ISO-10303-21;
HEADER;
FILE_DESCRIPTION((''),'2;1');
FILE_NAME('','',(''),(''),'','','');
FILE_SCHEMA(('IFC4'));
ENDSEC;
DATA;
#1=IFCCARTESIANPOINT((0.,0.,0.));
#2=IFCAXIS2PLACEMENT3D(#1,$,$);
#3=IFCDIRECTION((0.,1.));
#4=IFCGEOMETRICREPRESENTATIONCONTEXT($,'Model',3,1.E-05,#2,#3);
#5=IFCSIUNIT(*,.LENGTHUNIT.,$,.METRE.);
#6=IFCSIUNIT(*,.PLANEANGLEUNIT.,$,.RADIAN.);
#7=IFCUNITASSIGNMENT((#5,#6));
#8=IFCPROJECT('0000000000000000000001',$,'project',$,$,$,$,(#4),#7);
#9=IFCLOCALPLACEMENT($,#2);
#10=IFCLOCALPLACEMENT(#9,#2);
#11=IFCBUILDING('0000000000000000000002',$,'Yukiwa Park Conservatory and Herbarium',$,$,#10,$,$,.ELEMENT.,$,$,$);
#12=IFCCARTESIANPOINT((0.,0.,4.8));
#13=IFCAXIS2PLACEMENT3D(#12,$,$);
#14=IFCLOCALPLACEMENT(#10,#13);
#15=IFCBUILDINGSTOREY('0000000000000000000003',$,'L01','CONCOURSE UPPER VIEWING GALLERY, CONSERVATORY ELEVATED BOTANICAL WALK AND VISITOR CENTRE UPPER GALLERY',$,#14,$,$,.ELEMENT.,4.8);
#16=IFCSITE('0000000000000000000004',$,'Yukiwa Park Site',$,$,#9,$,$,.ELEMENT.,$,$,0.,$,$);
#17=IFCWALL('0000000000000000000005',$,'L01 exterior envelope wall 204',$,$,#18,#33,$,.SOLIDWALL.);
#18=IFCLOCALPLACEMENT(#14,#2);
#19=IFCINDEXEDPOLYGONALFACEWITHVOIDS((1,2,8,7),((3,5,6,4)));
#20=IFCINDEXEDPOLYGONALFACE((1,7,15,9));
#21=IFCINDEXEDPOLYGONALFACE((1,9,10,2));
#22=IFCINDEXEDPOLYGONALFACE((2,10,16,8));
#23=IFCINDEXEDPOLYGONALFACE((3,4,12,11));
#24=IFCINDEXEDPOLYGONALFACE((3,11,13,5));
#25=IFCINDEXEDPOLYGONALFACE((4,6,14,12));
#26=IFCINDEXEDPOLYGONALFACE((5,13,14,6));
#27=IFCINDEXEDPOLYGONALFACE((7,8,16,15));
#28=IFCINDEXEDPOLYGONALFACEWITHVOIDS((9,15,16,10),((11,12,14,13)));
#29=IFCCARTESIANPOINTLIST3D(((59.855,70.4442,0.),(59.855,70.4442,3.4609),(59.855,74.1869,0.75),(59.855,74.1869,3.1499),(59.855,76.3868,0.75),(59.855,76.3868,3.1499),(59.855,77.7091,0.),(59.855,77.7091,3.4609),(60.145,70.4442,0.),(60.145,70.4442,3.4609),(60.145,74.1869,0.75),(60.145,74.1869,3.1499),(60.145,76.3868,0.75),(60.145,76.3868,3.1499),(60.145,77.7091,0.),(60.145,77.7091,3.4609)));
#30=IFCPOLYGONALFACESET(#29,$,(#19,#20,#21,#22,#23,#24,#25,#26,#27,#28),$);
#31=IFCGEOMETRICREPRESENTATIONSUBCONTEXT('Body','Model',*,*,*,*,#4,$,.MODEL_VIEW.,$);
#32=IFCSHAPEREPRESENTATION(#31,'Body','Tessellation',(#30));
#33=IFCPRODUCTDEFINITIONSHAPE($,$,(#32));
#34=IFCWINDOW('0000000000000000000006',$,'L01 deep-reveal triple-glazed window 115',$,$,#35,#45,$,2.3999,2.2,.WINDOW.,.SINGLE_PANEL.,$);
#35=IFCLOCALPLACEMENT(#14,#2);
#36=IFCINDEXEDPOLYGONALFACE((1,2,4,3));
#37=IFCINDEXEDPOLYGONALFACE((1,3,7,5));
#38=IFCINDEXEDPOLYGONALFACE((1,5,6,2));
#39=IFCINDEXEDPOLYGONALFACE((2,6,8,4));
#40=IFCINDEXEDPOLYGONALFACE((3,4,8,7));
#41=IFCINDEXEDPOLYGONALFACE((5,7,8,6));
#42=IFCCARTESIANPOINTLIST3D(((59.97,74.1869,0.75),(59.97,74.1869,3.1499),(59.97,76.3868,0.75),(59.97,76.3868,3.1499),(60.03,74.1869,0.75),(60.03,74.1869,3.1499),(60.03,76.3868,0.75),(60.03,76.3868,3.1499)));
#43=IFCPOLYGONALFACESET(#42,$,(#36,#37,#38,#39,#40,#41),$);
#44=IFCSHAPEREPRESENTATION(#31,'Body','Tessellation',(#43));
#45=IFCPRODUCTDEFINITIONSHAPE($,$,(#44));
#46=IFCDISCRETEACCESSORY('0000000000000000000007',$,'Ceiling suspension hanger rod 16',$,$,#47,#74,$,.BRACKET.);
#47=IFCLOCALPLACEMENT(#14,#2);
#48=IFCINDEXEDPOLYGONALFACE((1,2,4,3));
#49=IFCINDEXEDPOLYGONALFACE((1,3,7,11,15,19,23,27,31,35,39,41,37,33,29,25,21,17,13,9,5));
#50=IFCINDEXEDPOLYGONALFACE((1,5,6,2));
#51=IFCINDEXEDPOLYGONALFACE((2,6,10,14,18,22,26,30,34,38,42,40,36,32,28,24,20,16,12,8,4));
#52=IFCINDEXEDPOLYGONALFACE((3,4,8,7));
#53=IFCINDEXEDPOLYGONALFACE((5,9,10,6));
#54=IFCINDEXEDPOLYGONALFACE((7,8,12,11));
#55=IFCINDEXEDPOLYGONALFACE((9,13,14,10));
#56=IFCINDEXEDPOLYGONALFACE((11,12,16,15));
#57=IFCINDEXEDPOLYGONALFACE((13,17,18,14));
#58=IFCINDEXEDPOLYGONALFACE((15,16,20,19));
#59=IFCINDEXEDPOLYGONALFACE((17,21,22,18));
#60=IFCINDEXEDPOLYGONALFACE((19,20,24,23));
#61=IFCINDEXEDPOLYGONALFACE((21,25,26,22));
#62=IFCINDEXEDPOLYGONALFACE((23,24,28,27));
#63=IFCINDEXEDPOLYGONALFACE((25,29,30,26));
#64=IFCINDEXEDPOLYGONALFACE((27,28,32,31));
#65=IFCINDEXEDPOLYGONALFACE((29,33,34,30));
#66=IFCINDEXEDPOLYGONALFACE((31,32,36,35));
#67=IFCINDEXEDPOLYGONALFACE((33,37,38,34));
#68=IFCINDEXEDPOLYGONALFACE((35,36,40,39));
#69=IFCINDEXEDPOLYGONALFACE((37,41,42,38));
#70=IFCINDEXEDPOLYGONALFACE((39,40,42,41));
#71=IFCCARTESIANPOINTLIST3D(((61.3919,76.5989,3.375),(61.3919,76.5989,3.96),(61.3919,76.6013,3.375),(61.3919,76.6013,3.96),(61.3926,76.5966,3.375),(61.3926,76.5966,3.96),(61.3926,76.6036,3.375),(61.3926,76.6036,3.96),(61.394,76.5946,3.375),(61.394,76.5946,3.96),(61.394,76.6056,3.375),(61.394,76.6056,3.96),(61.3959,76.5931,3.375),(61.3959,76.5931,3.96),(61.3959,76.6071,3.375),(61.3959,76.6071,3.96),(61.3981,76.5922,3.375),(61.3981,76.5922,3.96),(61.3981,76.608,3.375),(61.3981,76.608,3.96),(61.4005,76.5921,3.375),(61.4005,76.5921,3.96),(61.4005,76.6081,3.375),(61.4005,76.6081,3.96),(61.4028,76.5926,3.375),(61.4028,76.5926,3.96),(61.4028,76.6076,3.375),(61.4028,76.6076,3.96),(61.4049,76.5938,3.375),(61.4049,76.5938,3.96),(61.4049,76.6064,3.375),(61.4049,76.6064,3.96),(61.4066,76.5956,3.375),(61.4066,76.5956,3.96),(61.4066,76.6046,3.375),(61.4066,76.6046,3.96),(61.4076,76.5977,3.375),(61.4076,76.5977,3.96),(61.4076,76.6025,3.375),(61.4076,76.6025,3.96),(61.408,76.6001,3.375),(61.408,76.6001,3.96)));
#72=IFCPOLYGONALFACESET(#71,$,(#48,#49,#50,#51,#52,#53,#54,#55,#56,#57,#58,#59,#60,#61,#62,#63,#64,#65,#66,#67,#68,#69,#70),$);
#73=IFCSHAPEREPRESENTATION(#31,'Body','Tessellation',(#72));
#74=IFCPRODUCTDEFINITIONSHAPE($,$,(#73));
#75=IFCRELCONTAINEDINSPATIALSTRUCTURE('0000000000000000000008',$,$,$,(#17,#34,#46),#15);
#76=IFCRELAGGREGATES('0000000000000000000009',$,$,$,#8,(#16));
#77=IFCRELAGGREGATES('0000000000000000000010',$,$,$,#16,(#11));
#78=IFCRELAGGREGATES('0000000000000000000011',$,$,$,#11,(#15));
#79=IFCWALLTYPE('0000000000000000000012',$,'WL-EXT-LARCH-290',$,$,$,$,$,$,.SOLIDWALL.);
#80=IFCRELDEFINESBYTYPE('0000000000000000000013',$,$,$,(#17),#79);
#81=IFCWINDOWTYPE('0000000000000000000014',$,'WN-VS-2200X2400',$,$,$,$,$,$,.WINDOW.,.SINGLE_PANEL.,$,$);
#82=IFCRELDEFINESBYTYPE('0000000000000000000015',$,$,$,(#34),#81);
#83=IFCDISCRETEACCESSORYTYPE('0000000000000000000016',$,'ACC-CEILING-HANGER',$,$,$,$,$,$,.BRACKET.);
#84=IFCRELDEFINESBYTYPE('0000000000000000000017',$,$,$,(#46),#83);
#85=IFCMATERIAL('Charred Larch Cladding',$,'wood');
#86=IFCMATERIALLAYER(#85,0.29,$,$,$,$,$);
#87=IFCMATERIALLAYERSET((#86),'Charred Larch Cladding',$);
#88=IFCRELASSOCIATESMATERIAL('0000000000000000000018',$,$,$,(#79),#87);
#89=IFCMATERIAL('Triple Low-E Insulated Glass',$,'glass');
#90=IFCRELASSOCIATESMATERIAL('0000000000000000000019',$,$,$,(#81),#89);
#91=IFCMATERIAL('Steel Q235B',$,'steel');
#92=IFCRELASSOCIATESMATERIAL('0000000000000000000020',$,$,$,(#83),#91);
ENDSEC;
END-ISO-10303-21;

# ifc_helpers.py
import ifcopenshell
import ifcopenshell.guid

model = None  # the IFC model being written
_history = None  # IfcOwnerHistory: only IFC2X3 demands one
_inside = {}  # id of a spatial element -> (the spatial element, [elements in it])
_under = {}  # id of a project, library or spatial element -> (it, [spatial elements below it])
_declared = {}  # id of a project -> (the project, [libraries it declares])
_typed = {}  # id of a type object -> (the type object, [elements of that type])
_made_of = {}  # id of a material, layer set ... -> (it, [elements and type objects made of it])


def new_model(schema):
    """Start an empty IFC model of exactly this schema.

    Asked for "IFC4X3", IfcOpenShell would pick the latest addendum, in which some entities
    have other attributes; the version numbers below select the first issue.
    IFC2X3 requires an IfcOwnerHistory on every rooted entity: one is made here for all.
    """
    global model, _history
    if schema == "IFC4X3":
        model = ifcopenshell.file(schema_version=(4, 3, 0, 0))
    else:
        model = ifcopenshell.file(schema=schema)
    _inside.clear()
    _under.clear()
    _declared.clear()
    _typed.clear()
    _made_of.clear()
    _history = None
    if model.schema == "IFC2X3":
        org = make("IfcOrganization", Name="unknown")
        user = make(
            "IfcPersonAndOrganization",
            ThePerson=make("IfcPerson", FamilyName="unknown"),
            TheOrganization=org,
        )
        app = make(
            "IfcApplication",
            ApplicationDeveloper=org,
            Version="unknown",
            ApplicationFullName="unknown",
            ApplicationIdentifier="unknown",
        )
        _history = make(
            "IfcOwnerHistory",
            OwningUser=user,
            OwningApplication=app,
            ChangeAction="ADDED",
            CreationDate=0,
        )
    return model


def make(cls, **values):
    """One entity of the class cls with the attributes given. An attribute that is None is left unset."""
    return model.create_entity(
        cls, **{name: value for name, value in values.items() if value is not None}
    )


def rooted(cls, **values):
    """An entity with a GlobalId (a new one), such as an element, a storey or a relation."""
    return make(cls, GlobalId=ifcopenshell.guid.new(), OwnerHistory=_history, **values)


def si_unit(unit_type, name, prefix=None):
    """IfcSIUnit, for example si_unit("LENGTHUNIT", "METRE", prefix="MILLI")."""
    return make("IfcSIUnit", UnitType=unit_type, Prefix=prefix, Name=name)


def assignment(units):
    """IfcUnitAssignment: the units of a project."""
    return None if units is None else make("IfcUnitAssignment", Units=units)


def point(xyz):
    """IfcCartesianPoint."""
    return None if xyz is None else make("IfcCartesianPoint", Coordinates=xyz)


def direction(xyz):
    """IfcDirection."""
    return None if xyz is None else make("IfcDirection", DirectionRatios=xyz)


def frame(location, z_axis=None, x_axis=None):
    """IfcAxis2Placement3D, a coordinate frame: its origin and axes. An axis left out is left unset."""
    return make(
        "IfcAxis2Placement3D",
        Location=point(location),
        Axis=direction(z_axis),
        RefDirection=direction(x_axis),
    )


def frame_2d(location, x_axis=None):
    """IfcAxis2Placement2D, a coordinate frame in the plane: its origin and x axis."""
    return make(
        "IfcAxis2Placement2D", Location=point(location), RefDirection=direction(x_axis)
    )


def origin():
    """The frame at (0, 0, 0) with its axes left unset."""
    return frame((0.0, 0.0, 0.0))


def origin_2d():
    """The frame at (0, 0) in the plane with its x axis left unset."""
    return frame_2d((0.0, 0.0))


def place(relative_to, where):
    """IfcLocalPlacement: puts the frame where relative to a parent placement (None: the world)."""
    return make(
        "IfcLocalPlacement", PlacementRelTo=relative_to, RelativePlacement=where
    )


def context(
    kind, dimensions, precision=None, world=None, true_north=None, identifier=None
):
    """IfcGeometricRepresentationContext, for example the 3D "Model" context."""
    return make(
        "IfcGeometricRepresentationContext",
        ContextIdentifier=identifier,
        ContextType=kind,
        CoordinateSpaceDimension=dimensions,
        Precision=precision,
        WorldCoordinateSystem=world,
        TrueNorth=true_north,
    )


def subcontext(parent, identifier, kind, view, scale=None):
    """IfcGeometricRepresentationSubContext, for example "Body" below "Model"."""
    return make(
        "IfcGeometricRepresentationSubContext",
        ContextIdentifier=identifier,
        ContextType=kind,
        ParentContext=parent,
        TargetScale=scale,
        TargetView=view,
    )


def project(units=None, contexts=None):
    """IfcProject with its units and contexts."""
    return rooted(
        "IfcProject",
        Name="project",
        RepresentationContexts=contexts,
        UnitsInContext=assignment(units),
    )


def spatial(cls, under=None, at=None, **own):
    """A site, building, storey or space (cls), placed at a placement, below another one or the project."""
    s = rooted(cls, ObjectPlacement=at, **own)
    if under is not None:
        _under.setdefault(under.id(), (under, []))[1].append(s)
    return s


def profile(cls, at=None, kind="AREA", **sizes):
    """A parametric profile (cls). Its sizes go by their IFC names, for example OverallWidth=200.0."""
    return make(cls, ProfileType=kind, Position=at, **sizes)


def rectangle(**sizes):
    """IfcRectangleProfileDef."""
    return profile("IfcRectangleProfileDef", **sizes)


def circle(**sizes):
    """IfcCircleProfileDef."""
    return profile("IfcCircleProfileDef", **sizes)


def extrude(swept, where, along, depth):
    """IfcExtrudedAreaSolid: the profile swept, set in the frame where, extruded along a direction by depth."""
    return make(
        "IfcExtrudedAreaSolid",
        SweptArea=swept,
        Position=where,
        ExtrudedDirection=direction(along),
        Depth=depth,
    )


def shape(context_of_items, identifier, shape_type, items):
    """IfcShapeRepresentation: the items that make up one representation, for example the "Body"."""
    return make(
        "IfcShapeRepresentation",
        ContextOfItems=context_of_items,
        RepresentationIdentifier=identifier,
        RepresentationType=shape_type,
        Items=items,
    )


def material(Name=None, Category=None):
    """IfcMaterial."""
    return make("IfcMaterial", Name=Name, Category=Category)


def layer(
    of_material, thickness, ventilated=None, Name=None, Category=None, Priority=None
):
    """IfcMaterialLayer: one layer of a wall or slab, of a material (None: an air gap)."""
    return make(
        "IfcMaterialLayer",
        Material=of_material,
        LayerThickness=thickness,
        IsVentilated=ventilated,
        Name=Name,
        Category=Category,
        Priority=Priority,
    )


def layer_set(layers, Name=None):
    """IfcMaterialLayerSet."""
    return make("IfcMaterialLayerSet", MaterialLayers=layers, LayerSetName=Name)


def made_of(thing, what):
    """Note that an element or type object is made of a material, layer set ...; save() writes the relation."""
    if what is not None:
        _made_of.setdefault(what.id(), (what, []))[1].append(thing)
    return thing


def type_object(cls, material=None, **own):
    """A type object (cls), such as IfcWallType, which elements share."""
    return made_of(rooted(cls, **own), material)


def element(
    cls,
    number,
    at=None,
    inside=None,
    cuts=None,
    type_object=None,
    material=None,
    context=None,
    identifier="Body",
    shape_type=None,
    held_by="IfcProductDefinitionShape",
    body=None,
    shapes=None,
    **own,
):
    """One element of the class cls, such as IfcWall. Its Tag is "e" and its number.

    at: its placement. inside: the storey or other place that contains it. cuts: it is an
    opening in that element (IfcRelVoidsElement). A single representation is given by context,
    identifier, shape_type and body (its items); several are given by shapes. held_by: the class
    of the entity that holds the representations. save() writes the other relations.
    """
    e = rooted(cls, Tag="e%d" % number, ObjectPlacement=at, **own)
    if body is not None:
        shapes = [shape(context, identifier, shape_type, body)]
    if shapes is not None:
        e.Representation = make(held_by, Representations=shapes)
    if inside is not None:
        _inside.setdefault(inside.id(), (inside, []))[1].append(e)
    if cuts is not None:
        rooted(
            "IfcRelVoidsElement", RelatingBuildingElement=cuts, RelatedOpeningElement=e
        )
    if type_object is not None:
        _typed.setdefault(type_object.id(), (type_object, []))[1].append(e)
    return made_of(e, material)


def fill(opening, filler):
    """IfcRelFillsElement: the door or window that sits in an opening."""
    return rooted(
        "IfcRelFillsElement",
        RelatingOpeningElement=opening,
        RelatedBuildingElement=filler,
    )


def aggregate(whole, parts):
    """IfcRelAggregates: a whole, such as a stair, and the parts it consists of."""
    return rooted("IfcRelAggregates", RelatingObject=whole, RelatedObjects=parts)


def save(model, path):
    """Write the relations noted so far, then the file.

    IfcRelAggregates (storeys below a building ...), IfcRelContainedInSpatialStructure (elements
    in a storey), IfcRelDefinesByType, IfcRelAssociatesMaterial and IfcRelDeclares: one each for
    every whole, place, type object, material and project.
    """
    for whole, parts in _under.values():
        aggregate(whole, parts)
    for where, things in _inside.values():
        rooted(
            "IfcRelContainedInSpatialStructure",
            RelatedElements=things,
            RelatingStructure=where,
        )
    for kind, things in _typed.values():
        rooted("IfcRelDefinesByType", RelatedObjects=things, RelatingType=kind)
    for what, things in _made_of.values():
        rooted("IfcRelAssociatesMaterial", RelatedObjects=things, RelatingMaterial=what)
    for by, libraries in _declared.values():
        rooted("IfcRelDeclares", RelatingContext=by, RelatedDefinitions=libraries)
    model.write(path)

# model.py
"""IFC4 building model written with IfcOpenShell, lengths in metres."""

from ifc_helpers import new_model, si_unit, direction, frame, frame_2d, origin, origin_2d, place, context, subcontext, project, spatial, rectangle, circle, extrude, material, layer, layer_set, type_object, element, fill, save


model = new_model("IFC4")

# Units and contexts
model_context = context("Model", 3, precision=1e-05, world=origin(), true_north=direction((0.0, 1.0)))
body_context = subcontext(model_context, "Body", "Model", "MODEL_VIEW")
ifc_project = project(units=[si_unit("LENGTHUNIT", "METRE"), si_unit("PLANEANGLEUNIT", "RADIAN")], contexts=[model_context])

# Site, building, storey
site_placement = place(None, origin())
site = spatial("IfcSite", under=ifc_project, at=site_placement, Name="Yukiwa Park Site", CompositionType="ELEMENT", RefElevation=0.0)
building_placement = place(site_placement, origin())
building = spatial("IfcBuilding", under=site, at=building_placement, Name="Yukiwa Park Conservatory and Herbarium", CompositionType="ELEMENT")
storey_placement = place(building_placement, frame((0.0, 0.0, 4.8)))
storey = spatial("IfcBuildingStorey", under=building, at=storey_placement, Name="L01", Description="CONCOURSE UPPER VIEWING GALLERY, CONSERVATORY ELEVATED BOTANICAL WALK AND VISITOR CENTRE UPPER GALLERY", CompositionType="ELEMENT", Elevation=4.8)

# Wall, opening, window
ifc_material_1 = material(Name="Charred Larch Cladding", Category="wood")
ifc_layer_1 = layer(ifc_material_1, 0.29)
ifc_layer_set_1 = layer_set([ifc_layer_1], Name="Charred Larch Cladding")
wall_type_1 = type_object("IfcWallType", Name="WL-EXT-LARCH-290", PredefinedType="SOLIDWALL", material=ifc_layer_set_1)
wall_1_placement = place(storey_placement, frame((60.0, 77.709, 0.0), z_axis=(0.0, 0.0, 1.0), x_axis=(0.0, -1.0, 0.0)))
wall_1 = element("IfcWall", 1, at=wall_1_placement, inside=storey, type_object=wall_type_1, Name="L01 exterior envelope wall 204", PredefinedType="SOLIDWALL", context=body_context, shape_type="SweptSolid", body=[
    extrude(rectangle(XDim=7.2649, YDim=0.29, at=frame_2d((3.6323, 0.0))), origin(), (0.0, 0.0, 1.0), 3.4609),
])
opening_1_placement = place(wall_1_placement, frame((1.322, 0.0, 0.75)))
opening_1 = element("IfcOpeningElement", 2, at=opening_1_placement, cuts=wall_1, PredefinedType="OPENING", context=body_context, shape_type="SweptSolid", body=[
    extrude(rectangle(XDim=2.2, YDim=2.3999, at=frame_2d((1.1001, 1.2))), frame((0.0, 0.155, 0.0), z_axis=(0.0, -1.0, 0.0), x_axis=(1.0, 0.0, 0.0)), (0.0, 0.0, 1.0), 0.3101),
])
ifc_material_2 = material(Name="Triple Low-E Insulated Glass", Category="glass")
window_type = type_object("IfcWindowType", Name="WN-VS-2200X2400", PartitioningType="SINGLE_PANEL", PredefinedType="WINDOW", material=ifc_material_2)
window_placement = place(opening_1_placement, origin())
window = element("IfcWindow", 3, at=window_placement, inside=storey, type_object=window_type, Name="L01 deep-reveal triple-glazed window 115", OverallHeight=2.3999, OverallWidth=2.2, PartitioningType="SINGLE_PANEL", PredefinedType="WINDOW", context=body_context, shape_type="SweptSolid", body=[
    extrude(rectangle(XDim=2.2, YDim=2.3999, at=frame_2d((1.1001, 1.2))), frame((0.0, 0.03, 0.0), z_axis=(0.0, -1.0, 0.0), x_axis=(1.0, 0.0, 0.0)), (0.0, 0.0, 1.0), 0.0601),
])
fill(opening_1, window)

# Discrete accessory
ifc_material_3 = material(Name="Steel Q235B", Category="steel")
discrete_accessory_type = type_object("IfcDiscreteAccessoryType", Name="ACC-CEILING-HANGER", PredefinedType="BRACKET", material=ifc_material_3)
discrete_accessory_placement = place(storey_placement, frame((61.3999, 76.6001, 3.375), z_axis=(0.0, 0.0, 1.0), x_axis=(1.0, 0.0, 0.0)))
element("IfcDiscreteAccessory", 4, at=discrete_accessory_placement, inside=storey, type_object=discrete_accessory_type, Name="Ceiling suspension hanger rod 16", PredefinedType="BRACKET", context=body_context, shape_type="SweptSolid", body=[
    extrude(circle(Radius=0.0081, at=origin_2d()), origin(), (0.0, 0.0, 1.0), 0.585),
])

save(model, "model.ifc")
